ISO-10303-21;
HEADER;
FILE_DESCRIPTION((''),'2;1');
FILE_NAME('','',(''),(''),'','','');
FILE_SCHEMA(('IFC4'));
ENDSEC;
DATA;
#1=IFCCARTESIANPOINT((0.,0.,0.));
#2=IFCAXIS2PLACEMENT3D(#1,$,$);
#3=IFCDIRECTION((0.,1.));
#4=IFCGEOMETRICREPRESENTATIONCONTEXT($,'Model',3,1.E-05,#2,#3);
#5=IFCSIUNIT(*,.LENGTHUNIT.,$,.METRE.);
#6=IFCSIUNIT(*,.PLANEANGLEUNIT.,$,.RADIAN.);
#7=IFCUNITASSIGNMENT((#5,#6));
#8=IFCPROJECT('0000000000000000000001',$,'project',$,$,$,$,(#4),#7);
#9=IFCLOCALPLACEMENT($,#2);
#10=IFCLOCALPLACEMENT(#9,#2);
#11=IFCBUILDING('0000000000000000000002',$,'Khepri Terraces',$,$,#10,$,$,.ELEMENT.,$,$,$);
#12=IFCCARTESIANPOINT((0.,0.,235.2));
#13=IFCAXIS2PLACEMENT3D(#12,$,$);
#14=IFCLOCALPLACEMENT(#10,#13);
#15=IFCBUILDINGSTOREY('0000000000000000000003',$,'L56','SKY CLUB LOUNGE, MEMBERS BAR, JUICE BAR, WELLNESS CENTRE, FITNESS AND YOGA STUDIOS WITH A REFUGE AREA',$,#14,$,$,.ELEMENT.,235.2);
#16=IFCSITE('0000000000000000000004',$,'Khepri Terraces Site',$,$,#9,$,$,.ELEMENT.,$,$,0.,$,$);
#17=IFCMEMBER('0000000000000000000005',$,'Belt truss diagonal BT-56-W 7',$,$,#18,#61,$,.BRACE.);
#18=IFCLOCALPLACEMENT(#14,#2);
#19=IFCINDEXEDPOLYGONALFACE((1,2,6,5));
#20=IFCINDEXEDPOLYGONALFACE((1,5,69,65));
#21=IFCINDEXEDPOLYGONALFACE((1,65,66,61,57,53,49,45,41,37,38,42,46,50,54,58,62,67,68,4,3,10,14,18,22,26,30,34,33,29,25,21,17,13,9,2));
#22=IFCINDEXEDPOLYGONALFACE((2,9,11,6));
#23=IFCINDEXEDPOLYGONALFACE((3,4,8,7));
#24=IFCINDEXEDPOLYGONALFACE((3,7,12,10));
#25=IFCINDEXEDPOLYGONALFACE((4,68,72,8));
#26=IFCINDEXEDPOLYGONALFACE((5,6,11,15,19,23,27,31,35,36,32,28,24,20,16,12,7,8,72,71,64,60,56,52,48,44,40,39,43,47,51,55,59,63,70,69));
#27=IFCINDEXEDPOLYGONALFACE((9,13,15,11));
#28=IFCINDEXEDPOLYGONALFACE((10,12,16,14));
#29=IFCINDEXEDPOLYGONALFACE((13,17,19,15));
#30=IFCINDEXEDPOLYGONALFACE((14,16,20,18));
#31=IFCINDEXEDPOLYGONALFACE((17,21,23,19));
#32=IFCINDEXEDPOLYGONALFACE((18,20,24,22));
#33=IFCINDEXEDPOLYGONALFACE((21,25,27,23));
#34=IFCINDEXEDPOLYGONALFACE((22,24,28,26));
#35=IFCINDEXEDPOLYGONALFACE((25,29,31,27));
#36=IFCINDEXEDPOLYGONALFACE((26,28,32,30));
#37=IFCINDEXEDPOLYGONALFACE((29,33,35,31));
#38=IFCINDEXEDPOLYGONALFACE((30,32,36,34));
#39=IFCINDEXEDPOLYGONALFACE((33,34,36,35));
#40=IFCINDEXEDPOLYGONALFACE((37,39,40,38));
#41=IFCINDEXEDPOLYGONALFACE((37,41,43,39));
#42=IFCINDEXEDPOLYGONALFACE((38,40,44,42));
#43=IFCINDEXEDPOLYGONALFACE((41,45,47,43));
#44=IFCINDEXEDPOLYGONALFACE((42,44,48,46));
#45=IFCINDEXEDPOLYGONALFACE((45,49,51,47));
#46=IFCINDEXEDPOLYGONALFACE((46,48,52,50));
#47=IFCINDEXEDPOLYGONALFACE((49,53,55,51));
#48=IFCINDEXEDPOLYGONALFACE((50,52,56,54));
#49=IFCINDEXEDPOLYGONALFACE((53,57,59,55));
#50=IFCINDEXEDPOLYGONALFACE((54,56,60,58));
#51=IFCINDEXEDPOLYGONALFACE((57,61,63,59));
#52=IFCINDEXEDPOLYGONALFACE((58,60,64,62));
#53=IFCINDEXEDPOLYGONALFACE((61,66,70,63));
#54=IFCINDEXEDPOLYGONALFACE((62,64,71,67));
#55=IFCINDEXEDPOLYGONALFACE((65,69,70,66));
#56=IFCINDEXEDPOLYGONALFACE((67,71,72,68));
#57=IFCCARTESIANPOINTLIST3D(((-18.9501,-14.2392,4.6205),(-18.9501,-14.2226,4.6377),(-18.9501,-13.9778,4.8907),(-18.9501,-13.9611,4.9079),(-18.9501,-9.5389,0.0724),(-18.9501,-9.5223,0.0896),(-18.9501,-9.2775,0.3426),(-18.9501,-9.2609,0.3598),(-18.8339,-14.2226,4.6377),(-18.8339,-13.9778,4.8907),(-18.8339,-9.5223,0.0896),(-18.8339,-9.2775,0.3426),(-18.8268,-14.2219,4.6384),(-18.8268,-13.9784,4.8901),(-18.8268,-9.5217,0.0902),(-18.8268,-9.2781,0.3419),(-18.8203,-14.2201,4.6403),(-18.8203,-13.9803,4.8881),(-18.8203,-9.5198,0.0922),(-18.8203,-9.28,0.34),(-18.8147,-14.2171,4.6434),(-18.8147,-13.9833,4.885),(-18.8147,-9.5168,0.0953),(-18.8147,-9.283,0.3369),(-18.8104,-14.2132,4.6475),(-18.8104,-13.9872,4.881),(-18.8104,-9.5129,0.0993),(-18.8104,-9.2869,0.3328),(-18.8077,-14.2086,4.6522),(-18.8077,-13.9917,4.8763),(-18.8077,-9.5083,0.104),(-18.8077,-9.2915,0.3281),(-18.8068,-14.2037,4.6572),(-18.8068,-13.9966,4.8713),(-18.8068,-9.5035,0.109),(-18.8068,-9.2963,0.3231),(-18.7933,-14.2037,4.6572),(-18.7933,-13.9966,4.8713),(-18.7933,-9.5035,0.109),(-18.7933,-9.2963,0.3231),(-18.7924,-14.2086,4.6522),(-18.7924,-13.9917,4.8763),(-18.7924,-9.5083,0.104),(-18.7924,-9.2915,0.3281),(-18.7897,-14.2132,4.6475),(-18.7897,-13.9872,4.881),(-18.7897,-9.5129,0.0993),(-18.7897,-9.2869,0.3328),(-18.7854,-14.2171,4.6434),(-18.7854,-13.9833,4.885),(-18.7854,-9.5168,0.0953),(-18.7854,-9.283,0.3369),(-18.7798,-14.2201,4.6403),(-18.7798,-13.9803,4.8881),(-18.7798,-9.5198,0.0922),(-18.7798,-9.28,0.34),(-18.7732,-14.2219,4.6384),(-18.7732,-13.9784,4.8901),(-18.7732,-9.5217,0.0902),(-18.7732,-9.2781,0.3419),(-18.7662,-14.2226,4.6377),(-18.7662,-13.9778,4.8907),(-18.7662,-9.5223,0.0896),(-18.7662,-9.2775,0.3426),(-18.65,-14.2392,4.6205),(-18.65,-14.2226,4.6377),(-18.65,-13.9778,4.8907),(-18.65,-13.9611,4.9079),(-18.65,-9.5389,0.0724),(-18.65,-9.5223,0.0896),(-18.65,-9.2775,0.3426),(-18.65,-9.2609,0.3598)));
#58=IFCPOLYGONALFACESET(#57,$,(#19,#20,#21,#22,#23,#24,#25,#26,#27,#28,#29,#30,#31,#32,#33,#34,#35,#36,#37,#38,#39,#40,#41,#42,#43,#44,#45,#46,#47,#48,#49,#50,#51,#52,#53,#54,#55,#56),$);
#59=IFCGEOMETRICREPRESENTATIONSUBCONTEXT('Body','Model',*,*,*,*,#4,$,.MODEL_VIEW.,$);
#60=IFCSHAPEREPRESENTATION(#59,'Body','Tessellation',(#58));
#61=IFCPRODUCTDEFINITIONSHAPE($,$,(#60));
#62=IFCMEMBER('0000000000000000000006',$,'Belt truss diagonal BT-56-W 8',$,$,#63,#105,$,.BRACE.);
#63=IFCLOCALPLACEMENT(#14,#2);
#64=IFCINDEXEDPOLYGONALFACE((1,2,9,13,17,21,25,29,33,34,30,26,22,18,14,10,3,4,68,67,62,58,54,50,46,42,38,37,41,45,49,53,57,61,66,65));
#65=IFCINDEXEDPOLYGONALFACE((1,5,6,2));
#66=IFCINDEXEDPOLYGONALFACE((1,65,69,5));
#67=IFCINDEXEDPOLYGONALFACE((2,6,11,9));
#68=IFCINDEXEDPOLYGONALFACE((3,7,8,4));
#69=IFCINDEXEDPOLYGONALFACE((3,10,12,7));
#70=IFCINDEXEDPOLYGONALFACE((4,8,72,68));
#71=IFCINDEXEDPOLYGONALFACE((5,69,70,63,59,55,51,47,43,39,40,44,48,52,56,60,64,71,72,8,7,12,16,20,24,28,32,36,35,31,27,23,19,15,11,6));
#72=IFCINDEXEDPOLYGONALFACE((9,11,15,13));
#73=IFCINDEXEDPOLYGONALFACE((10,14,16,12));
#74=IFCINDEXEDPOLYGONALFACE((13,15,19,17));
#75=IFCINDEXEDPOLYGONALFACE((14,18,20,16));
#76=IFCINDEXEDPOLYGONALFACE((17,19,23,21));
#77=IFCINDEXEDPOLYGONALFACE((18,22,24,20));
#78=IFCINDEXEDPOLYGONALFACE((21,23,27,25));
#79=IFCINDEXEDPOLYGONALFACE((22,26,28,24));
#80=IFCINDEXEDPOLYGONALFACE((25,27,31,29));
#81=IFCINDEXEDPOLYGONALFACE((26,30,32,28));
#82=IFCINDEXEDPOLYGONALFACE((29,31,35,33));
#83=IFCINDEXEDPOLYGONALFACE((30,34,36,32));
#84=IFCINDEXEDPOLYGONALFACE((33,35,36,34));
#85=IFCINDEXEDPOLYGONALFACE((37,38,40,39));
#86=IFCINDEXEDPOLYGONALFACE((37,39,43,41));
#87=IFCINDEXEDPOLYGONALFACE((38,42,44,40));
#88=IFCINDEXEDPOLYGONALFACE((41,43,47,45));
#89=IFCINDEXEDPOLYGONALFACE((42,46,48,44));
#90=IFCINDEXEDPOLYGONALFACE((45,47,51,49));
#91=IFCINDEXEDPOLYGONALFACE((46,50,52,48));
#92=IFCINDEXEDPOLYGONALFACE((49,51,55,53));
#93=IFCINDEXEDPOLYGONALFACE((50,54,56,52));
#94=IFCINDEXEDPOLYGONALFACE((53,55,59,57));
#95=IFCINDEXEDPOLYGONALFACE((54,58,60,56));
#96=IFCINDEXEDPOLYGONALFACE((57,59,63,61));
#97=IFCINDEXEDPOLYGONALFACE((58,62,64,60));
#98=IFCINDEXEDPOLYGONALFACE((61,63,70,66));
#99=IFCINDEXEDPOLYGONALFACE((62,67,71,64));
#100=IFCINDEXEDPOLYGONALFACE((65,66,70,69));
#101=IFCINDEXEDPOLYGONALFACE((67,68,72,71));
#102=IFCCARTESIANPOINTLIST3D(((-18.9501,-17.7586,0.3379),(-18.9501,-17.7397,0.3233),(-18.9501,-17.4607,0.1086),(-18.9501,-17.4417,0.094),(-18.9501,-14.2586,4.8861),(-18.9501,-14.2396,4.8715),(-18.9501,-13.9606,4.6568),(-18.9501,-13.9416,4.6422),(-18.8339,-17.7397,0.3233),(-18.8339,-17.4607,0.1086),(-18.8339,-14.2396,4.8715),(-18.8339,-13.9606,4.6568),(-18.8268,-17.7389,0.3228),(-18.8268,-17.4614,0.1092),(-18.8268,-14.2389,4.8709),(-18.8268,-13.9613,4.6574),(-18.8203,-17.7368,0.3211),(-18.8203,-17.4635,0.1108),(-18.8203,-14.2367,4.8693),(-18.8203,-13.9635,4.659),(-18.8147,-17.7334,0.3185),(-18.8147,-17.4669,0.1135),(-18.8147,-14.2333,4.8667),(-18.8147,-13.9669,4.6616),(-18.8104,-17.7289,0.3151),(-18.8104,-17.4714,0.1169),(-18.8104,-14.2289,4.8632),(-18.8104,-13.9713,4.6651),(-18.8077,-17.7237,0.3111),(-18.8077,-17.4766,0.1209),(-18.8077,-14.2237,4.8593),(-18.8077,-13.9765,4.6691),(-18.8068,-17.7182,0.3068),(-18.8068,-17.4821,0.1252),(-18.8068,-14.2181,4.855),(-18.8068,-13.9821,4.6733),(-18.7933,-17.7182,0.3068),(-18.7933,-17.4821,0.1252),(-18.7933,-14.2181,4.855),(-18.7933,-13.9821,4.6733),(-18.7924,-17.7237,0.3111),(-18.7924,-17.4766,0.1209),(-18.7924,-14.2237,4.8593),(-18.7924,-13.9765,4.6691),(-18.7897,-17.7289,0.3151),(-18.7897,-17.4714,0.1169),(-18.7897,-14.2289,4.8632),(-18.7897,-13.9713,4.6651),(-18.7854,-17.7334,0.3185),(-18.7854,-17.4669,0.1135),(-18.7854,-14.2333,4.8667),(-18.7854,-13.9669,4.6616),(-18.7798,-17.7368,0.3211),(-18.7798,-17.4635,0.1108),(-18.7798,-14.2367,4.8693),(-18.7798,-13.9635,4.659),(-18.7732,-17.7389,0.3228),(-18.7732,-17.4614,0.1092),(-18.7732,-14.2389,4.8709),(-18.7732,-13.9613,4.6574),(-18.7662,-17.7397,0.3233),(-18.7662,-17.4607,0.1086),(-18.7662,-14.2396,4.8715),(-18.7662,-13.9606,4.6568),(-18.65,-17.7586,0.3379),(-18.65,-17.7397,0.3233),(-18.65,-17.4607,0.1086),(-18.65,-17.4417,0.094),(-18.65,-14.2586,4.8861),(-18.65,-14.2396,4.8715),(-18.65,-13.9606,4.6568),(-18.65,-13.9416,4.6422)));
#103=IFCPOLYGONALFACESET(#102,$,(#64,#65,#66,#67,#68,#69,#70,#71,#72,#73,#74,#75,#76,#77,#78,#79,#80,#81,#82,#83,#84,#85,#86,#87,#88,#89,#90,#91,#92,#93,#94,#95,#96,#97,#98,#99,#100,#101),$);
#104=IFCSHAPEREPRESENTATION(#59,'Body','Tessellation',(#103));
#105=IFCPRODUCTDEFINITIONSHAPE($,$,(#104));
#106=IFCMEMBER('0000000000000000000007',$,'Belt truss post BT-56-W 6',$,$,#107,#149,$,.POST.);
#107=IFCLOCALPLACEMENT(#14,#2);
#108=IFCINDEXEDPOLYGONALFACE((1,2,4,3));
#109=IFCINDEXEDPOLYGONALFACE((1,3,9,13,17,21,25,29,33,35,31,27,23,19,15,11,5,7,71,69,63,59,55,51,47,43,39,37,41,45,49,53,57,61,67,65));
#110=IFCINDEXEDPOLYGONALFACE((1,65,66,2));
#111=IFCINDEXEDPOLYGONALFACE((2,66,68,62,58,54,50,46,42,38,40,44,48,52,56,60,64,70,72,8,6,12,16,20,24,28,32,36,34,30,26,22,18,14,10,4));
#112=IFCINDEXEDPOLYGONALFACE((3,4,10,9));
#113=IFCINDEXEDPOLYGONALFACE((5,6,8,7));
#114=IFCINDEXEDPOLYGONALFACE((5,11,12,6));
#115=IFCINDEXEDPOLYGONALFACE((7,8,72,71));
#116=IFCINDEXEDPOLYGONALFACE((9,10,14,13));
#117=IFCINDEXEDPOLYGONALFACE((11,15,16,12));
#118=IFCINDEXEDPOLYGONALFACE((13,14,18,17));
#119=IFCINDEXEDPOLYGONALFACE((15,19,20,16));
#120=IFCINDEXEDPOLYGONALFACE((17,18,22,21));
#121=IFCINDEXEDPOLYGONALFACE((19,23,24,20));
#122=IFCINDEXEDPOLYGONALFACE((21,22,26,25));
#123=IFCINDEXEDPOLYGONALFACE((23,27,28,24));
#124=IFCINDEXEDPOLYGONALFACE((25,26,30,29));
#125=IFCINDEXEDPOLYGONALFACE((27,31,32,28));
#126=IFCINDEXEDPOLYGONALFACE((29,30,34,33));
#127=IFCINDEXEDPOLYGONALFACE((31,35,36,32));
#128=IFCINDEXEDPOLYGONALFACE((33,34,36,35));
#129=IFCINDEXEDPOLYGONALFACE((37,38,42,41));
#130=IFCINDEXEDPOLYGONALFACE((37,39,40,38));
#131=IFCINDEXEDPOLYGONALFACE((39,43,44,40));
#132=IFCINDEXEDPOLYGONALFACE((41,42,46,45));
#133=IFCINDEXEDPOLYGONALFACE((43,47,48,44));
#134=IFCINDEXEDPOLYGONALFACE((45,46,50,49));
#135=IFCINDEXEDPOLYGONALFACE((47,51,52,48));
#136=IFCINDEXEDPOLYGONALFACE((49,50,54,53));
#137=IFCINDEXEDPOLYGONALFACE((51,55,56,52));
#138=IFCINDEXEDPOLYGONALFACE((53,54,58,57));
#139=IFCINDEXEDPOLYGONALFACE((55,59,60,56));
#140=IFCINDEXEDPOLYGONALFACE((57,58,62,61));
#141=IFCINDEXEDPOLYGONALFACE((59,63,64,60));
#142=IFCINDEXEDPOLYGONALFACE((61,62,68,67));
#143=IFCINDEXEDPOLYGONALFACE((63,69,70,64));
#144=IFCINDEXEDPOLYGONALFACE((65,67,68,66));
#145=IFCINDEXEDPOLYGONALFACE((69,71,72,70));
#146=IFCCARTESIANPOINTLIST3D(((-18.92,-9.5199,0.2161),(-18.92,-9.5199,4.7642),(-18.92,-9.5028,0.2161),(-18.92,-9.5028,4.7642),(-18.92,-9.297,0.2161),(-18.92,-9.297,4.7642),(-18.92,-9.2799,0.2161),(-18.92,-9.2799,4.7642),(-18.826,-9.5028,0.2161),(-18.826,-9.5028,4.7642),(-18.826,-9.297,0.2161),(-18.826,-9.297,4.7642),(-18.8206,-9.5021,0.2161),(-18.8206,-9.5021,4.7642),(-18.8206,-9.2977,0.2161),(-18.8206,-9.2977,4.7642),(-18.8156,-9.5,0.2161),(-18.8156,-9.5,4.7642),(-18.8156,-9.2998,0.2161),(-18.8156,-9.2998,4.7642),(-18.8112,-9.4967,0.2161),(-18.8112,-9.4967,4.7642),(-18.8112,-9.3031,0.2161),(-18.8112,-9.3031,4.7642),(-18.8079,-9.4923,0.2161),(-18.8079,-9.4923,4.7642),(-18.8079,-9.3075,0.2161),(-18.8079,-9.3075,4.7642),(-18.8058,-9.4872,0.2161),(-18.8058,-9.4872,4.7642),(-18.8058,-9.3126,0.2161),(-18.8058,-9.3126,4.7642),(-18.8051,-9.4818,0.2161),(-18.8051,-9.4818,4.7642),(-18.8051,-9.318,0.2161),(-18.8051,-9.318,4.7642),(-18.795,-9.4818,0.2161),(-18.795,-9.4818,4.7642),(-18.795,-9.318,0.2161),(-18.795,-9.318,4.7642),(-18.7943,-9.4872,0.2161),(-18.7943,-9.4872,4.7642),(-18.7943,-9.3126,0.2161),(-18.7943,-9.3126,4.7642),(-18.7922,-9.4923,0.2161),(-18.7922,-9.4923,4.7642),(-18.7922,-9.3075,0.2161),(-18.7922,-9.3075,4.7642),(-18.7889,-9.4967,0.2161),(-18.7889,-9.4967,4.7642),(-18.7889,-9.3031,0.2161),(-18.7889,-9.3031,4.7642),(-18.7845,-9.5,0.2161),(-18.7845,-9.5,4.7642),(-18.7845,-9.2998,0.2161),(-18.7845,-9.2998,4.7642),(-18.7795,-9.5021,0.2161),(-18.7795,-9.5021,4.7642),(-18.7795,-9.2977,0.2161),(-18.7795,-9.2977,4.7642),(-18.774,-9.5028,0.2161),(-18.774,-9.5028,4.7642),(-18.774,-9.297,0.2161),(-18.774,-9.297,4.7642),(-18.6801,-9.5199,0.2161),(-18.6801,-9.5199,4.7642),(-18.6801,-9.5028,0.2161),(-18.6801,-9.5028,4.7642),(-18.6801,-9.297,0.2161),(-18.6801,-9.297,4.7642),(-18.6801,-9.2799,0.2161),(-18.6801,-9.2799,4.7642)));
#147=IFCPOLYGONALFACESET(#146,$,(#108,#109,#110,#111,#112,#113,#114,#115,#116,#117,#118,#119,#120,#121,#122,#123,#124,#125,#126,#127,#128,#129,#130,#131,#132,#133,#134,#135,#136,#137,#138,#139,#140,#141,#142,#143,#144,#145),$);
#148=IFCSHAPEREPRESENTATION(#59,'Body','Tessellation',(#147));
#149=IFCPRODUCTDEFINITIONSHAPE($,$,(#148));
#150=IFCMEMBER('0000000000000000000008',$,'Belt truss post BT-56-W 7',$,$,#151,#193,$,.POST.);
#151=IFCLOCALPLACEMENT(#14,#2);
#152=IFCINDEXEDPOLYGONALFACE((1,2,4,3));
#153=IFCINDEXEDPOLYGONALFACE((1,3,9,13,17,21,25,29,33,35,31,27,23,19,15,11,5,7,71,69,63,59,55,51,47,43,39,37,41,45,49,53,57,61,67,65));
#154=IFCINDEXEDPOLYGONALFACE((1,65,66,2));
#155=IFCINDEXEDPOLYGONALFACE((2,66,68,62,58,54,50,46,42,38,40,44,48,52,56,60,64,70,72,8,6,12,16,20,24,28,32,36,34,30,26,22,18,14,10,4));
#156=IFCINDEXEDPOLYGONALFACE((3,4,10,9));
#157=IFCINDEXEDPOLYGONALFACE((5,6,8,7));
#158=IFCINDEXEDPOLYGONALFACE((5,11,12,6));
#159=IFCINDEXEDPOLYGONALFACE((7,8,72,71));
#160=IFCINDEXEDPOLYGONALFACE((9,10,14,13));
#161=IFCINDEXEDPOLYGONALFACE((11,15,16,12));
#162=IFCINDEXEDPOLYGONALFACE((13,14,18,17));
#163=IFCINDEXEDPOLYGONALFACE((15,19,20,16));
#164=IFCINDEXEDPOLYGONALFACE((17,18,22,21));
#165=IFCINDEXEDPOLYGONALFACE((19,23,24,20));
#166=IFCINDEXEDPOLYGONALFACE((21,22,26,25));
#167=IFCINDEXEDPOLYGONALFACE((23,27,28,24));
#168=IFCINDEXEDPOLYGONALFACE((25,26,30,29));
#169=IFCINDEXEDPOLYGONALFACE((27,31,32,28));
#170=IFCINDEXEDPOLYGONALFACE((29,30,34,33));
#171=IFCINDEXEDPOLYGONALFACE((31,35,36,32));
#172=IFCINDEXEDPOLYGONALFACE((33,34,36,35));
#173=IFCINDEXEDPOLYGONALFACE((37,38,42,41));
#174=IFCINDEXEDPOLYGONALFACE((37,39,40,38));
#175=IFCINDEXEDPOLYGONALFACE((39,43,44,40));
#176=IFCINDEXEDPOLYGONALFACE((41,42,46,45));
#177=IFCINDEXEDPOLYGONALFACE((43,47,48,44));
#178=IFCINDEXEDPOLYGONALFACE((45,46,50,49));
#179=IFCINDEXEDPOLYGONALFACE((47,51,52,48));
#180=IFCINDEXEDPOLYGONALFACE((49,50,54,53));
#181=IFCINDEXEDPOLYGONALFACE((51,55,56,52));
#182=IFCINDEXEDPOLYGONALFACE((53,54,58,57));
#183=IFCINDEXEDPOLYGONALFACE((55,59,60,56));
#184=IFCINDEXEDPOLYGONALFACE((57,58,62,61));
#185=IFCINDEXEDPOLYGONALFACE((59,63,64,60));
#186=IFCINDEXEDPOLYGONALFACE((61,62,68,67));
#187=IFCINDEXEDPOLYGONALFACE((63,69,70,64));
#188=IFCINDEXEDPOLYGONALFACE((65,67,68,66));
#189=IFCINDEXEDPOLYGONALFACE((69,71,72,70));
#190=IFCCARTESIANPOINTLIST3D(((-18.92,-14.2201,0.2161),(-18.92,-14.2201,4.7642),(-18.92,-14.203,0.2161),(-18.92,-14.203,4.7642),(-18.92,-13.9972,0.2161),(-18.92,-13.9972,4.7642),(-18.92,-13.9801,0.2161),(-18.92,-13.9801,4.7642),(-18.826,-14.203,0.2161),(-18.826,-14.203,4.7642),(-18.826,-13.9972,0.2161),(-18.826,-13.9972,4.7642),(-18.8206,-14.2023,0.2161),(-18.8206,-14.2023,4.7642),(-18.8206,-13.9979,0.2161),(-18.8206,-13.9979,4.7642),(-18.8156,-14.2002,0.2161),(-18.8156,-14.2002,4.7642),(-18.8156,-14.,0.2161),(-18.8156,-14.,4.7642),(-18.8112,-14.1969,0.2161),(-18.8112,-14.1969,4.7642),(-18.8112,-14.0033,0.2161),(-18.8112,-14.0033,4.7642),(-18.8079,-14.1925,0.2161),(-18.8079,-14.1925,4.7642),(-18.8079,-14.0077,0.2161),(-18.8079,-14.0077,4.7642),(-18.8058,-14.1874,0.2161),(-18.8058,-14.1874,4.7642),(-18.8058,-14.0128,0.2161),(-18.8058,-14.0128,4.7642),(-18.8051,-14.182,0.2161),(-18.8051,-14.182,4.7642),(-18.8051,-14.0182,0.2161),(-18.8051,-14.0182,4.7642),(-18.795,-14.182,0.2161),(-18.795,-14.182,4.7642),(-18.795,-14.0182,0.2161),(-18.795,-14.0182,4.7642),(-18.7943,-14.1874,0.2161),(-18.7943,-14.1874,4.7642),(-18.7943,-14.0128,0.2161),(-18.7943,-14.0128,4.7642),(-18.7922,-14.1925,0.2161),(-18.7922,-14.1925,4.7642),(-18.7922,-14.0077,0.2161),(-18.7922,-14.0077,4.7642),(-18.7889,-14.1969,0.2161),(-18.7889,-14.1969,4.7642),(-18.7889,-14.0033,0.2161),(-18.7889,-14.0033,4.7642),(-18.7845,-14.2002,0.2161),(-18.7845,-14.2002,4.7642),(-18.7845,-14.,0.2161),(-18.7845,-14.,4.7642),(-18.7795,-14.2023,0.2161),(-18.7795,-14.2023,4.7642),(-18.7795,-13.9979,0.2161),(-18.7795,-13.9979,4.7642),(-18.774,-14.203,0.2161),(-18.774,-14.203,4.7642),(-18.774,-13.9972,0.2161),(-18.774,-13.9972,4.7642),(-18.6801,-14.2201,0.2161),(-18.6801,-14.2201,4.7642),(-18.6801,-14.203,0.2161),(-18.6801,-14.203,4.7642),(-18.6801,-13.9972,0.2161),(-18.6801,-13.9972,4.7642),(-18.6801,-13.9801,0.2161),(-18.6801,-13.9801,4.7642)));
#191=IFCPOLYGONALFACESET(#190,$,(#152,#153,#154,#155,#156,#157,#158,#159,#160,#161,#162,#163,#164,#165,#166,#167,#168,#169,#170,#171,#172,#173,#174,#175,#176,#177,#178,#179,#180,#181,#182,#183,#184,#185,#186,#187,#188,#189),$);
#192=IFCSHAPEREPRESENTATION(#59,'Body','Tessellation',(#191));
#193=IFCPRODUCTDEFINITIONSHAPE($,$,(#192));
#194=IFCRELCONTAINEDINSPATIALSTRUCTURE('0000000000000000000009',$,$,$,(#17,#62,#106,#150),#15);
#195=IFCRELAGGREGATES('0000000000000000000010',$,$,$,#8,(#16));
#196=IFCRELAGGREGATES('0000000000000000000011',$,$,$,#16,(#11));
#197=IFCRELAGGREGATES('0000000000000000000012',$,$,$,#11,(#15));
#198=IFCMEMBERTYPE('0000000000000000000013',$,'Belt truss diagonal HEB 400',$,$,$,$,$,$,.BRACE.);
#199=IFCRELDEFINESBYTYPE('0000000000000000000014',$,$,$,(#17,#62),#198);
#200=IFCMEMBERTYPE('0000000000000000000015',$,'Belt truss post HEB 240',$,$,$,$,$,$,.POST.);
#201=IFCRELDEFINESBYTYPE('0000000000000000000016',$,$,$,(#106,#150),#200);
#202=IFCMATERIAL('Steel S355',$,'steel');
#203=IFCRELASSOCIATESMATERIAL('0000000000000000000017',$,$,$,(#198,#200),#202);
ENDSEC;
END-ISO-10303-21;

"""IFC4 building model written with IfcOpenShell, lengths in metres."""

from ifc_helpers import new_model, si_unit, direction, frame, origin, origin_2d, place, context, subcontext, project, spatial, i_section, extrude, material, material_profile, profile_set, type_object, element, save


model = new_model("IFC4")

# Units and contexts
model_context = context("Model", 3, precision=1e-05, world=origin(), true_north=direction((0.0, 1.0)))
body_context = subcontext(model_context, "Body", "Model", "MODEL_VIEW")
ifc_project = project(units=[si_unit("LENGTHUNIT", "METRE"), si_unit("PLANEANGLEUNIT", "RADIAN")], contexts=[model_context])

# Site, building, storey
site_placement = place(None, origin())
site = spatial("IfcSite", under=ifc_project, at=site_placement, Name="Khepri Terraces Site", CompositionType="ELEMENT", RefElevation=0.0)
building_placement = place(site_placement, origin())
building = spatial("IfcBuilding", under=site, at=building_placement, Name="Khepri Terraces", CompositionType="ELEMENT")
storey_placement = place(building_placement, frame((0.0, 0.0, 235.2)))
storey = spatial("IfcBuildingStorey", under=building, at=storey_placement, Name="L56", Description="SKY CLUB LOUNGE, MEMBERS BAR, JUICE BAR, WELLNESS CENTRE, FITNESS AND YOGA STUDIOS WITH A REFUGE AREA", CompositionType="ELEMENT", Elevation=235.2)

# Members
ifc_material_1 = material(Name="Steel S355", Category="steel")
ifc_material_profile_1 = material_profile(ifc_material_1, i_section(OverallWidth=0.3, OverallDepth=0.3999, WebThickness=0.0134, FlangeThickness=0.0239, FilletRadius=0.0271, at=origin_2d()), Name="Steel S355", Category="steel")
ifc_profile_set_1 = profile_set([ifc_material_profile_1], Name="Steel S355")
member_type_1 = type_object("IfcMemberType", Name="Belt truss diagonal HEB 400", PredefinedType="BRACE", material=ifc_profile_set_1)
member_1_placement = place(storey_placement, frame((-18.8, -9.3999, 0.2161), z_axis=(0.0, -0.718639, 0.695383), x_axis=(1.0, 0.0, 0.0)))
element("IfcMember", 1, at=member_1_placement, inside=storey, type_object=member_type_1, Name="Belt truss diagonal BT-56-W 7", PredefinedType="BRACE", context=body_context, shape_type="SweptSolid", body=[
    extrude(i_section(OverallWidth=0.3, OverallDepth=0.3999, WebThickness=0.0134, FlangeThickness=0.0239, FilletRadius=0.0271, at=origin_2d()), origin(), (0.0, 0.0, 1.0), 6.5405),
])
member_2_placement = place(storey_placement, frame((-18.8, -14.1001, 4.7642), z_axis=(0.0, -0.609871, -0.792501), x_axis=(1.0, 0.0, 0.0)))
element("IfcMember", 2, at=member_2_placement, inside=storey, type_object=member_type_1, Name="Belt truss diagonal BT-56-W 8", PredefinedType="BRACE", context=body_context, shape_type="SweptSolid", body=[
    extrude(i_section(OverallWidth=0.3, OverallDepth=0.3999, WebThickness=0.0134, FlangeThickness=0.0239, FilletRadius=0.0271, at=origin_2d()), origin(), (0.0, 0.0, 1.0), 5.739),
])
ifc_material_profile_2 = material_profile(ifc_material_1, i_section(OverallWidth=0.24, OverallDepth=0.24, WebThickness=0.01, FlangeThickness=0.0171, FilletRadius=0.021, at=origin_2d()), Name="Steel S355", Category="steel")
ifc_profile_set_2 = profile_set([ifc_material_profile_2], Name="Steel S355")
member_type_2 = type_object("IfcMemberType", Name="Belt truss post HEB 240", PredefinedType="POST", material=ifc_profile_set_2)
for number, where, z_axis, x_axis, name in (
    (3, (-18.8, -9.3999, 0.2161), (0.0, 0.0, 1.0), (1.0, 0.0, 0.0), "Belt truss post BT-56-W 6"),
    (4, (-18.8, -14.1001, 0.2161), (0.0, 0.0, 1.0), (1.0, 0.0, 0.0), "Belt truss post BT-56-W 7"),
):
    element("IfcMember", number, at=place(storey_placement, frame(where, z_axis=z_axis, x_axis=x_axis)), inside=storey, type_object=member_type_2, Name=name, PredefinedType="POST", context=body_context, shape_type="SweptSolid", body=[
        extrude(i_section(OverallWidth=0.24, OverallDepth=0.24, WebThickness=0.01, FlangeThickness=0.0171, FilletRadius=0.021, at=origin_2d()), origin(), (0.0, 0.0, 1.0), 4.5481),
    ])

save(model, "model.ifc")
